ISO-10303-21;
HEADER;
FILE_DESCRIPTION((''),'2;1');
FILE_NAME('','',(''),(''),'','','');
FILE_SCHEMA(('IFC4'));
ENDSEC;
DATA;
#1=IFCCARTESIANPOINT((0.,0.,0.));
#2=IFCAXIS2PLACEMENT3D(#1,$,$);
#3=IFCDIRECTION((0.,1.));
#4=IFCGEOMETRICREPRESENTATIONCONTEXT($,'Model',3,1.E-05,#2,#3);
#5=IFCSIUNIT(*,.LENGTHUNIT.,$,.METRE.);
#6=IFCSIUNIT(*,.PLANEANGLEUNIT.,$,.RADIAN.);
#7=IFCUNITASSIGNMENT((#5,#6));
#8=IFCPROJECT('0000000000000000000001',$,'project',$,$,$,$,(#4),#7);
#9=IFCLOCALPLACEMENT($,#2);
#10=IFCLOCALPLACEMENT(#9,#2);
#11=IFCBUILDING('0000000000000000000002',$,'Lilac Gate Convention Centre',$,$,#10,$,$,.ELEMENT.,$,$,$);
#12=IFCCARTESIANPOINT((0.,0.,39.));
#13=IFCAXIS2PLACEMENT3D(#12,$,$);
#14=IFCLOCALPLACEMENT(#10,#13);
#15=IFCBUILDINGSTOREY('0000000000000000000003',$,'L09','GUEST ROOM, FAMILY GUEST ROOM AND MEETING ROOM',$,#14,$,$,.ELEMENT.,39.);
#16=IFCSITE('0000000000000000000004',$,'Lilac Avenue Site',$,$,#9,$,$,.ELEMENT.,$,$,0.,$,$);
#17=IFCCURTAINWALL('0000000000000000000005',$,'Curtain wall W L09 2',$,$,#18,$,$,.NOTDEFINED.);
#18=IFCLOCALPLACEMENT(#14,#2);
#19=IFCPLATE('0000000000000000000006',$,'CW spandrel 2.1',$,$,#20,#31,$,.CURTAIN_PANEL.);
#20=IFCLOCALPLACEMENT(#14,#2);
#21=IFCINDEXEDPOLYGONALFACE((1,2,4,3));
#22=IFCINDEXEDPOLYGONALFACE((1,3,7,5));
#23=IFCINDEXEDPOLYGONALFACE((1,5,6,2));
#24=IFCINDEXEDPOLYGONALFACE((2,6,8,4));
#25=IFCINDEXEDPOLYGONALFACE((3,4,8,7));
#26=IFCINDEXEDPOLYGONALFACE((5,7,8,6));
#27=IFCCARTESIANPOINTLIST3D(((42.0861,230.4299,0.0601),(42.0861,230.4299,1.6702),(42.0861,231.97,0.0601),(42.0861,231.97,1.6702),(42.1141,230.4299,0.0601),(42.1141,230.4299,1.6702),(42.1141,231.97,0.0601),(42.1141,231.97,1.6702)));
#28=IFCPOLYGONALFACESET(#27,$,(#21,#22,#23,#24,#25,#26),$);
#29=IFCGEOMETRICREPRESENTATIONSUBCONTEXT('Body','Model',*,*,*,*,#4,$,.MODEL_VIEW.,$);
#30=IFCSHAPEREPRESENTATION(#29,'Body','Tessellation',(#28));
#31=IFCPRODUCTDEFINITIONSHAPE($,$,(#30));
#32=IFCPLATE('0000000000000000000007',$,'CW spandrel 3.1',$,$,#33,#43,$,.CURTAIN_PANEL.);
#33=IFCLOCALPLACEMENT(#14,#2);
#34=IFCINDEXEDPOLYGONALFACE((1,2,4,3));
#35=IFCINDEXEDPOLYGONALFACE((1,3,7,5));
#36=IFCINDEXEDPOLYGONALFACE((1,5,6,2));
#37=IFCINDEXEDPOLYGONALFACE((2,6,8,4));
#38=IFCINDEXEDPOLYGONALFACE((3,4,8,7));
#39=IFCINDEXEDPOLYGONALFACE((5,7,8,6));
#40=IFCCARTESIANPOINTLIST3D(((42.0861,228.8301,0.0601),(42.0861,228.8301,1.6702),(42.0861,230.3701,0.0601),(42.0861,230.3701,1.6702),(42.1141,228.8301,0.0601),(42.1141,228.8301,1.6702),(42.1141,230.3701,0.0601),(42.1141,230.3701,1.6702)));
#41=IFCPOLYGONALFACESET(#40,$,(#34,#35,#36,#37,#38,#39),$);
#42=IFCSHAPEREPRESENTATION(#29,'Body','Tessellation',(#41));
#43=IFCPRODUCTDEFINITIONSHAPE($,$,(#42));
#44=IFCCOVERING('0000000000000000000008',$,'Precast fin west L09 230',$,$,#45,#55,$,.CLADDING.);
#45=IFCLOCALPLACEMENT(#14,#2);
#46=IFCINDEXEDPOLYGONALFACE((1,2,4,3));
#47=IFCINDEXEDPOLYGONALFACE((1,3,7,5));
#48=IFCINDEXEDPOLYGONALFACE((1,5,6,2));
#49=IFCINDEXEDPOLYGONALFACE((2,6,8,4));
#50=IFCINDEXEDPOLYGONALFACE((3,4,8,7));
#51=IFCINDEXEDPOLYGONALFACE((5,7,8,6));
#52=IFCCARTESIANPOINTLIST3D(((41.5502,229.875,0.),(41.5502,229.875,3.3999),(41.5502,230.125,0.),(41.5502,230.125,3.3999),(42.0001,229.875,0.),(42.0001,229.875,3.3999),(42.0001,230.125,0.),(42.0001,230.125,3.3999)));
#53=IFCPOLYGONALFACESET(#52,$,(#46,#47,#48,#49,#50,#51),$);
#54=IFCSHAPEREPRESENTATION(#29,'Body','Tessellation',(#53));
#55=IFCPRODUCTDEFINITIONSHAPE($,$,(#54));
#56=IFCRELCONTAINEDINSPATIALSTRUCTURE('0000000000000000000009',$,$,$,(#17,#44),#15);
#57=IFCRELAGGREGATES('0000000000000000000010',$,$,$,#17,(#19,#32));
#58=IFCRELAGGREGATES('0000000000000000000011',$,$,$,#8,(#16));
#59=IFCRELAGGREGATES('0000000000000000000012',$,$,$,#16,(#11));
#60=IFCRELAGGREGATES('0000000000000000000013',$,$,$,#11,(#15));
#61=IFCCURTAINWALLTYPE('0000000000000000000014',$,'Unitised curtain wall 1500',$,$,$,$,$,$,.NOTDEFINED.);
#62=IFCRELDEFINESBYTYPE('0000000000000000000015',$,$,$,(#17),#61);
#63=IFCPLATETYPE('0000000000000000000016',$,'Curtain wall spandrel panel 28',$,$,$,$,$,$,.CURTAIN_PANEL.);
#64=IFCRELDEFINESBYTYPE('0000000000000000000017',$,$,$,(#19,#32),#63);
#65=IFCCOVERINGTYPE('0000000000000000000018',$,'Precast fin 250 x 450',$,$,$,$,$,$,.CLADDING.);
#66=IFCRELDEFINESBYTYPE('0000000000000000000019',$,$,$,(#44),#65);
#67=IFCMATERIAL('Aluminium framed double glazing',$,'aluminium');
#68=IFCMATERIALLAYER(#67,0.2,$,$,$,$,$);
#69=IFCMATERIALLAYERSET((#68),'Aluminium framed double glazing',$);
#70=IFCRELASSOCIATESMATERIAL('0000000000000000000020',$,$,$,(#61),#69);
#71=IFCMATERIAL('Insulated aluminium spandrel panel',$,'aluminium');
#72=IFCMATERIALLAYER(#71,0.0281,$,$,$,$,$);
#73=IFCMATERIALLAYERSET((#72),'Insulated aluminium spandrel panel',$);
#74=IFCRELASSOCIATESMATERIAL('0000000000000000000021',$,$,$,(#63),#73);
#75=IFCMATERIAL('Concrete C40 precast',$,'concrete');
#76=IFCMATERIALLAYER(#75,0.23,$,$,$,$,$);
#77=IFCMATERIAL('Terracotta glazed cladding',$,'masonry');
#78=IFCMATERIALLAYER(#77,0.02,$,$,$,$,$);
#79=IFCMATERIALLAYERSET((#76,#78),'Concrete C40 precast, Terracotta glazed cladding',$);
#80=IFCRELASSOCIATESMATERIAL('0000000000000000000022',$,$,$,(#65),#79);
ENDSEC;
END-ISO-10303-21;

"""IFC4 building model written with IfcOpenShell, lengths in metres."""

from ifc_helpers import new_model, si_unit, direction, frame, frame_2d, origin, origin_2d, place, context, subcontext, project, spatial, rectangle, extrude, material, layer, layer_set, type_object, element, aggregate, save


model = new_model("IFC4")

# Units and contexts
model_context = context("Model", 3, precision=1e-05, world=origin(), true_north=direction((0.0, 1.0)))
body_context = subcontext(model_context, "Body", "Model", "MODEL_VIEW")
ifc_project = project(units=[si_unit("LENGTHUNIT", "METRE"), si_unit("PLANEANGLEUNIT", "RADIAN")], contexts=[model_context])

# Site, building, storey
site_placement = place(None, origin())
site = spatial("IfcSite", under=ifc_project, at=site_placement, Name="Lilac Avenue Site", CompositionType="ELEMENT", RefElevation=0.0)
building_placement = place(site_placement, origin())
building = spatial("IfcBuilding", under=site, at=building_placement, Name="Lilac Gate Convention Centre", CompositionType="ELEMENT")
storey_placement = place(building_placement, frame((0.0, 0.0, 39.0)))
storey = spatial("IfcBuildingStorey", under=building, at=storey_placement, Name="L09", Description="GUEST ROOM, FAMILY GUEST ROOM AND MEETING ROOM", CompositionType="ELEMENT", Elevation=39.0)

# Curtain wall, plates
ifc_material_1 = material(Name="Aluminium framed double glazing", Category="aluminium")
ifc_layer_1 = layer(ifc_material_1, 0.2)
ifc_layer_set_1 = layer_set([ifc_layer_1], Name="Aluminium framed double glazing")
curtain_wall_type = type_object("IfcCurtainWallType", Name="Unitised curtain wall 1500", PredefinedType="NOTDEFINED", material=ifc_layer_set_1)
curtain_wall_placement = place(storey_placement, origin())
curtain_wall = element("IfcCurtainWall", 1, at=curtain_wall_placement, inside=storey, type_object=curtain_wall_type, Name="Curtain wall W L09 2", PredefinedType="NOTDEFINED")
ifc_material_2 = material(Name="Insulated aluminium spandrel panel", Category="aluminium")
ifc_layer_2 = layer(ifc_material_2, 0.0281)
ifc_layer_set_2 = layer_set([ifc_layer_2], Name="Insulated aluminium spandrel panel")
plate_type_1 = type_object("IfcPlateType", Name="Curtain wall spandrel panel 28", PredefinedType="CURTAIN_PANEL", material=ifc_layer_set_2)
plate_1_placement = place(storey_placement, frame((42.1001, 231.2, 0.0601), z_axis=(0.0, 0.0, 1.0), x_axis=(0.0, -1.0, 0.0)))
plate_1 = element("IfcPlate", 2, at=plate_1_placement, type_object=plate_type_1, Name="CW spandrel 2.1", PredefinedType="CURTAIN_PANEL", context=body_context, shape_type="SweptSolid", body=[
    extrude(rectangle(XDim=1.54, YDim=0.0281, at=origin_2d()), origin(), (0.0, 0.0, 1.0), 1.6101),
])
plate_2_placement = place(storey_placement, frame((42.1001, 229.6001, 0.0601), z_axis=(0.0, 0.0, 1.0), x_axis=(0.0, -1.0, 0.0)))
plate_2 = element("IfcPlate", 3, at=plate_2_placement, type_object=plate_type_1, Name="CW spandrel 3.1", PredefinedType="CURTAIN_PANEL", context=body_context, shape_type="SweptSolid", body=[
    extrude(rectangle(XDim=1.54, YDim=0.0281, at=origin_2d()), origin(), (0.0, 0.0, 1.0), 1.6101),
])
aggregate(curtain_wall, [plate_1, plate_2])

# Covering
ifc_material_3 = material(Name="Concrete C40 precast", Category="concrete")
ifc_layer_3 = layer(ifc_material_3, 0.23)
ifc_material_4 = material(Name="Terracotta glazed cladding", Category="masonry")
ifc_layer_4 = layer(ifc_material_4, 0.02)
ifc_layer_set_3 = layer_set([ifc_layer_3, ifc_layer_4], Name="Concrete C40 precast, Terracotta glazed cladding")
covering_type = type_object("IfcCoveringType", Name="Precast fin 250 x 450", PredefinedType="CLADDING", material=ifc_layer_set_3)
covering_placement = place(storey_placement, frame((41.55, 230.0, 0.0), z_axis=(0.0, 0.0, 1.0), x_axis=(1.0, 0.0, 0.0)))
element("IfcCovering", 4, at=covering_placement, inside=storey, type_object=covering_type, Name="Precast fin west L09 230", PredefinedType="CLADDING", context=body_context, shape_type="SweptSolid", body=[
    extrude(rectangle(XDim=0.45, YDim=0.25, at=frame_2d((0.2251, 0.0))), origin(), (0.0, 0.0, 1.0), 3.3999),
])

save(model, "model.ifc")
